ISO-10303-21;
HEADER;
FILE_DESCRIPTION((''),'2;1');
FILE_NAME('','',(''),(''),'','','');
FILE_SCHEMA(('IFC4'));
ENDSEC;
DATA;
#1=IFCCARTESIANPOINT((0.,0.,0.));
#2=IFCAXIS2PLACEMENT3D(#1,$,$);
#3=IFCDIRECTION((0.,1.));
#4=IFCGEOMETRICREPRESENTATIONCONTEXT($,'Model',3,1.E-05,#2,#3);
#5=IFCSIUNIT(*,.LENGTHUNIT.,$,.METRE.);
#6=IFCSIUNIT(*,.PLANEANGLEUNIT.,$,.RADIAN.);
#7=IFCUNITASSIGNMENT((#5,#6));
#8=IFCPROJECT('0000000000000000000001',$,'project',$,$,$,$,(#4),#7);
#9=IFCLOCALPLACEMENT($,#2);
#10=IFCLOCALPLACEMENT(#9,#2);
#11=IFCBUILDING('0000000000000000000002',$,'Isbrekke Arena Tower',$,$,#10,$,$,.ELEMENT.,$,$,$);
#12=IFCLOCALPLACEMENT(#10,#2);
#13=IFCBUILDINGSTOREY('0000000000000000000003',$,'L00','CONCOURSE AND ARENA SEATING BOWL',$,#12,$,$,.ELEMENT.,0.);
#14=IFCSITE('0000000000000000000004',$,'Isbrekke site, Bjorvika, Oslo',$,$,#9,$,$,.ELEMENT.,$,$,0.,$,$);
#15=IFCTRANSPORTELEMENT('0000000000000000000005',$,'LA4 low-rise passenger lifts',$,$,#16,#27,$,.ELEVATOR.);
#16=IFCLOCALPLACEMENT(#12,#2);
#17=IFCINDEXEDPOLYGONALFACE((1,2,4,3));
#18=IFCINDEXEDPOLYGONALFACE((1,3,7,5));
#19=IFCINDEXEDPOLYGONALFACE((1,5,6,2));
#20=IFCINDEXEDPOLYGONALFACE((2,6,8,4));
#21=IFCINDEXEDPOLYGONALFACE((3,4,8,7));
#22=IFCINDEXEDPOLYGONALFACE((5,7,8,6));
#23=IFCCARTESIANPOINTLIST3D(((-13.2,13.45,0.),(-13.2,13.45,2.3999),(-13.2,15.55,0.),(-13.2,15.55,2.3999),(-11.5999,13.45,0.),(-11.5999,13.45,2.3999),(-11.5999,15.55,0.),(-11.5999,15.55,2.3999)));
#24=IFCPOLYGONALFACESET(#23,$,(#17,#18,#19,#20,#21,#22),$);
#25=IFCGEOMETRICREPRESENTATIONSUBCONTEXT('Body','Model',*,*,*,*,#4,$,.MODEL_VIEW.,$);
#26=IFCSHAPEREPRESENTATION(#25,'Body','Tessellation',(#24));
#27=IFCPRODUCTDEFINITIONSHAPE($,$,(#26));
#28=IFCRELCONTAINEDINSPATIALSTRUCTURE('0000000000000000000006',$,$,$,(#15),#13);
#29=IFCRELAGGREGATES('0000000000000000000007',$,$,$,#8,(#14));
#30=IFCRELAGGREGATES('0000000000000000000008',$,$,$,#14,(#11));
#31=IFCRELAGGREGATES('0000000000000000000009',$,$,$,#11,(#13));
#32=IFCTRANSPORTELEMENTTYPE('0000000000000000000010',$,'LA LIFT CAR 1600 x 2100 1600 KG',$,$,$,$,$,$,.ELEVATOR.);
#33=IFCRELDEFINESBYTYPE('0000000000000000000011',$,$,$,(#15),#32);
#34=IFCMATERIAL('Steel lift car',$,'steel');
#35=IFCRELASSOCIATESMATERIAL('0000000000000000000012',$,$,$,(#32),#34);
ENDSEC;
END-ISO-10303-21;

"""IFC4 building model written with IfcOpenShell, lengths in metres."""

from ifc_helpers import new_model, si_unit, direction, frame, origin, origin_2d, place, context, subcontext, project, spatial, rectangle, extrude, material, type_object, element, save


model = new_model("IFC4")

# Units and contexts
model_context = context("Model", 3, precision=1e-05, world=origin(), true_north=direction((0.0, 1.0)))
body_context = subcontext(model_context, "Body", "Model", "MODEL_VIEW")
ifc_project = project(units=[si_unit("LENGTHUNIT", "METRE"), si_unit("PLANEANGLEUNIT", "RADIAN")], contexts=[model_context])

# Site, building, storey
site_placement = place(None, origin())
site = spatial("IfcSite", under=ifc_project, at=site_placement, Name="Isbrekke site, Bjorvika, Oslo", CompositionType="ELEMENT", RefElevation=0.0)
building_placement = place(site_placement, origin())
building = spatial("IfcBuilding", under=site, at=building_placement, Name="Isbrekke Arena Tower", CompositionType="ELEMENT")
storey_placement = place(building_placement, origin())
storey = spatial("IfcBuildingStorey", under=building, at=storey_placement, Name="L00", Description="CONCOURSE AND ARENA SEATING BOWL", CompositionType="ELEMENT", Elevation=0.0)

# Transport element
ifc_material_1 = material(Name="Steel lift car", Category="steel")
transport_element_type = type_object("IfcTransportElementType", Name="LA LIFT CAR 1600 x 2100 1600 KG", PredefinedType="ELEVATOR", material=ifc_material_1)
transport_element_placement = place(storey_placement, frame((-12.3999, 14.5, 0.0), z_axis=(0.0, 0.0, 1.0), x_axis=(1.0, 0.0, 0.0)))
element("IfcTransportElement", 1, at=transport_element_placement, inside=storey, type_object=transport_element_type, Name="LA4 low-rise passenger lifts", PredefinedType="ELEVATOR", context=body_context, shape_type="SweptSolid", body=[
    extrude(rectangle(XDim=1.6001, YDim=2.1001, at=origin_2d()), origin(), (0.0, 0.0, 1.0), 2.3999),
])

save(model, "model.ifc")
